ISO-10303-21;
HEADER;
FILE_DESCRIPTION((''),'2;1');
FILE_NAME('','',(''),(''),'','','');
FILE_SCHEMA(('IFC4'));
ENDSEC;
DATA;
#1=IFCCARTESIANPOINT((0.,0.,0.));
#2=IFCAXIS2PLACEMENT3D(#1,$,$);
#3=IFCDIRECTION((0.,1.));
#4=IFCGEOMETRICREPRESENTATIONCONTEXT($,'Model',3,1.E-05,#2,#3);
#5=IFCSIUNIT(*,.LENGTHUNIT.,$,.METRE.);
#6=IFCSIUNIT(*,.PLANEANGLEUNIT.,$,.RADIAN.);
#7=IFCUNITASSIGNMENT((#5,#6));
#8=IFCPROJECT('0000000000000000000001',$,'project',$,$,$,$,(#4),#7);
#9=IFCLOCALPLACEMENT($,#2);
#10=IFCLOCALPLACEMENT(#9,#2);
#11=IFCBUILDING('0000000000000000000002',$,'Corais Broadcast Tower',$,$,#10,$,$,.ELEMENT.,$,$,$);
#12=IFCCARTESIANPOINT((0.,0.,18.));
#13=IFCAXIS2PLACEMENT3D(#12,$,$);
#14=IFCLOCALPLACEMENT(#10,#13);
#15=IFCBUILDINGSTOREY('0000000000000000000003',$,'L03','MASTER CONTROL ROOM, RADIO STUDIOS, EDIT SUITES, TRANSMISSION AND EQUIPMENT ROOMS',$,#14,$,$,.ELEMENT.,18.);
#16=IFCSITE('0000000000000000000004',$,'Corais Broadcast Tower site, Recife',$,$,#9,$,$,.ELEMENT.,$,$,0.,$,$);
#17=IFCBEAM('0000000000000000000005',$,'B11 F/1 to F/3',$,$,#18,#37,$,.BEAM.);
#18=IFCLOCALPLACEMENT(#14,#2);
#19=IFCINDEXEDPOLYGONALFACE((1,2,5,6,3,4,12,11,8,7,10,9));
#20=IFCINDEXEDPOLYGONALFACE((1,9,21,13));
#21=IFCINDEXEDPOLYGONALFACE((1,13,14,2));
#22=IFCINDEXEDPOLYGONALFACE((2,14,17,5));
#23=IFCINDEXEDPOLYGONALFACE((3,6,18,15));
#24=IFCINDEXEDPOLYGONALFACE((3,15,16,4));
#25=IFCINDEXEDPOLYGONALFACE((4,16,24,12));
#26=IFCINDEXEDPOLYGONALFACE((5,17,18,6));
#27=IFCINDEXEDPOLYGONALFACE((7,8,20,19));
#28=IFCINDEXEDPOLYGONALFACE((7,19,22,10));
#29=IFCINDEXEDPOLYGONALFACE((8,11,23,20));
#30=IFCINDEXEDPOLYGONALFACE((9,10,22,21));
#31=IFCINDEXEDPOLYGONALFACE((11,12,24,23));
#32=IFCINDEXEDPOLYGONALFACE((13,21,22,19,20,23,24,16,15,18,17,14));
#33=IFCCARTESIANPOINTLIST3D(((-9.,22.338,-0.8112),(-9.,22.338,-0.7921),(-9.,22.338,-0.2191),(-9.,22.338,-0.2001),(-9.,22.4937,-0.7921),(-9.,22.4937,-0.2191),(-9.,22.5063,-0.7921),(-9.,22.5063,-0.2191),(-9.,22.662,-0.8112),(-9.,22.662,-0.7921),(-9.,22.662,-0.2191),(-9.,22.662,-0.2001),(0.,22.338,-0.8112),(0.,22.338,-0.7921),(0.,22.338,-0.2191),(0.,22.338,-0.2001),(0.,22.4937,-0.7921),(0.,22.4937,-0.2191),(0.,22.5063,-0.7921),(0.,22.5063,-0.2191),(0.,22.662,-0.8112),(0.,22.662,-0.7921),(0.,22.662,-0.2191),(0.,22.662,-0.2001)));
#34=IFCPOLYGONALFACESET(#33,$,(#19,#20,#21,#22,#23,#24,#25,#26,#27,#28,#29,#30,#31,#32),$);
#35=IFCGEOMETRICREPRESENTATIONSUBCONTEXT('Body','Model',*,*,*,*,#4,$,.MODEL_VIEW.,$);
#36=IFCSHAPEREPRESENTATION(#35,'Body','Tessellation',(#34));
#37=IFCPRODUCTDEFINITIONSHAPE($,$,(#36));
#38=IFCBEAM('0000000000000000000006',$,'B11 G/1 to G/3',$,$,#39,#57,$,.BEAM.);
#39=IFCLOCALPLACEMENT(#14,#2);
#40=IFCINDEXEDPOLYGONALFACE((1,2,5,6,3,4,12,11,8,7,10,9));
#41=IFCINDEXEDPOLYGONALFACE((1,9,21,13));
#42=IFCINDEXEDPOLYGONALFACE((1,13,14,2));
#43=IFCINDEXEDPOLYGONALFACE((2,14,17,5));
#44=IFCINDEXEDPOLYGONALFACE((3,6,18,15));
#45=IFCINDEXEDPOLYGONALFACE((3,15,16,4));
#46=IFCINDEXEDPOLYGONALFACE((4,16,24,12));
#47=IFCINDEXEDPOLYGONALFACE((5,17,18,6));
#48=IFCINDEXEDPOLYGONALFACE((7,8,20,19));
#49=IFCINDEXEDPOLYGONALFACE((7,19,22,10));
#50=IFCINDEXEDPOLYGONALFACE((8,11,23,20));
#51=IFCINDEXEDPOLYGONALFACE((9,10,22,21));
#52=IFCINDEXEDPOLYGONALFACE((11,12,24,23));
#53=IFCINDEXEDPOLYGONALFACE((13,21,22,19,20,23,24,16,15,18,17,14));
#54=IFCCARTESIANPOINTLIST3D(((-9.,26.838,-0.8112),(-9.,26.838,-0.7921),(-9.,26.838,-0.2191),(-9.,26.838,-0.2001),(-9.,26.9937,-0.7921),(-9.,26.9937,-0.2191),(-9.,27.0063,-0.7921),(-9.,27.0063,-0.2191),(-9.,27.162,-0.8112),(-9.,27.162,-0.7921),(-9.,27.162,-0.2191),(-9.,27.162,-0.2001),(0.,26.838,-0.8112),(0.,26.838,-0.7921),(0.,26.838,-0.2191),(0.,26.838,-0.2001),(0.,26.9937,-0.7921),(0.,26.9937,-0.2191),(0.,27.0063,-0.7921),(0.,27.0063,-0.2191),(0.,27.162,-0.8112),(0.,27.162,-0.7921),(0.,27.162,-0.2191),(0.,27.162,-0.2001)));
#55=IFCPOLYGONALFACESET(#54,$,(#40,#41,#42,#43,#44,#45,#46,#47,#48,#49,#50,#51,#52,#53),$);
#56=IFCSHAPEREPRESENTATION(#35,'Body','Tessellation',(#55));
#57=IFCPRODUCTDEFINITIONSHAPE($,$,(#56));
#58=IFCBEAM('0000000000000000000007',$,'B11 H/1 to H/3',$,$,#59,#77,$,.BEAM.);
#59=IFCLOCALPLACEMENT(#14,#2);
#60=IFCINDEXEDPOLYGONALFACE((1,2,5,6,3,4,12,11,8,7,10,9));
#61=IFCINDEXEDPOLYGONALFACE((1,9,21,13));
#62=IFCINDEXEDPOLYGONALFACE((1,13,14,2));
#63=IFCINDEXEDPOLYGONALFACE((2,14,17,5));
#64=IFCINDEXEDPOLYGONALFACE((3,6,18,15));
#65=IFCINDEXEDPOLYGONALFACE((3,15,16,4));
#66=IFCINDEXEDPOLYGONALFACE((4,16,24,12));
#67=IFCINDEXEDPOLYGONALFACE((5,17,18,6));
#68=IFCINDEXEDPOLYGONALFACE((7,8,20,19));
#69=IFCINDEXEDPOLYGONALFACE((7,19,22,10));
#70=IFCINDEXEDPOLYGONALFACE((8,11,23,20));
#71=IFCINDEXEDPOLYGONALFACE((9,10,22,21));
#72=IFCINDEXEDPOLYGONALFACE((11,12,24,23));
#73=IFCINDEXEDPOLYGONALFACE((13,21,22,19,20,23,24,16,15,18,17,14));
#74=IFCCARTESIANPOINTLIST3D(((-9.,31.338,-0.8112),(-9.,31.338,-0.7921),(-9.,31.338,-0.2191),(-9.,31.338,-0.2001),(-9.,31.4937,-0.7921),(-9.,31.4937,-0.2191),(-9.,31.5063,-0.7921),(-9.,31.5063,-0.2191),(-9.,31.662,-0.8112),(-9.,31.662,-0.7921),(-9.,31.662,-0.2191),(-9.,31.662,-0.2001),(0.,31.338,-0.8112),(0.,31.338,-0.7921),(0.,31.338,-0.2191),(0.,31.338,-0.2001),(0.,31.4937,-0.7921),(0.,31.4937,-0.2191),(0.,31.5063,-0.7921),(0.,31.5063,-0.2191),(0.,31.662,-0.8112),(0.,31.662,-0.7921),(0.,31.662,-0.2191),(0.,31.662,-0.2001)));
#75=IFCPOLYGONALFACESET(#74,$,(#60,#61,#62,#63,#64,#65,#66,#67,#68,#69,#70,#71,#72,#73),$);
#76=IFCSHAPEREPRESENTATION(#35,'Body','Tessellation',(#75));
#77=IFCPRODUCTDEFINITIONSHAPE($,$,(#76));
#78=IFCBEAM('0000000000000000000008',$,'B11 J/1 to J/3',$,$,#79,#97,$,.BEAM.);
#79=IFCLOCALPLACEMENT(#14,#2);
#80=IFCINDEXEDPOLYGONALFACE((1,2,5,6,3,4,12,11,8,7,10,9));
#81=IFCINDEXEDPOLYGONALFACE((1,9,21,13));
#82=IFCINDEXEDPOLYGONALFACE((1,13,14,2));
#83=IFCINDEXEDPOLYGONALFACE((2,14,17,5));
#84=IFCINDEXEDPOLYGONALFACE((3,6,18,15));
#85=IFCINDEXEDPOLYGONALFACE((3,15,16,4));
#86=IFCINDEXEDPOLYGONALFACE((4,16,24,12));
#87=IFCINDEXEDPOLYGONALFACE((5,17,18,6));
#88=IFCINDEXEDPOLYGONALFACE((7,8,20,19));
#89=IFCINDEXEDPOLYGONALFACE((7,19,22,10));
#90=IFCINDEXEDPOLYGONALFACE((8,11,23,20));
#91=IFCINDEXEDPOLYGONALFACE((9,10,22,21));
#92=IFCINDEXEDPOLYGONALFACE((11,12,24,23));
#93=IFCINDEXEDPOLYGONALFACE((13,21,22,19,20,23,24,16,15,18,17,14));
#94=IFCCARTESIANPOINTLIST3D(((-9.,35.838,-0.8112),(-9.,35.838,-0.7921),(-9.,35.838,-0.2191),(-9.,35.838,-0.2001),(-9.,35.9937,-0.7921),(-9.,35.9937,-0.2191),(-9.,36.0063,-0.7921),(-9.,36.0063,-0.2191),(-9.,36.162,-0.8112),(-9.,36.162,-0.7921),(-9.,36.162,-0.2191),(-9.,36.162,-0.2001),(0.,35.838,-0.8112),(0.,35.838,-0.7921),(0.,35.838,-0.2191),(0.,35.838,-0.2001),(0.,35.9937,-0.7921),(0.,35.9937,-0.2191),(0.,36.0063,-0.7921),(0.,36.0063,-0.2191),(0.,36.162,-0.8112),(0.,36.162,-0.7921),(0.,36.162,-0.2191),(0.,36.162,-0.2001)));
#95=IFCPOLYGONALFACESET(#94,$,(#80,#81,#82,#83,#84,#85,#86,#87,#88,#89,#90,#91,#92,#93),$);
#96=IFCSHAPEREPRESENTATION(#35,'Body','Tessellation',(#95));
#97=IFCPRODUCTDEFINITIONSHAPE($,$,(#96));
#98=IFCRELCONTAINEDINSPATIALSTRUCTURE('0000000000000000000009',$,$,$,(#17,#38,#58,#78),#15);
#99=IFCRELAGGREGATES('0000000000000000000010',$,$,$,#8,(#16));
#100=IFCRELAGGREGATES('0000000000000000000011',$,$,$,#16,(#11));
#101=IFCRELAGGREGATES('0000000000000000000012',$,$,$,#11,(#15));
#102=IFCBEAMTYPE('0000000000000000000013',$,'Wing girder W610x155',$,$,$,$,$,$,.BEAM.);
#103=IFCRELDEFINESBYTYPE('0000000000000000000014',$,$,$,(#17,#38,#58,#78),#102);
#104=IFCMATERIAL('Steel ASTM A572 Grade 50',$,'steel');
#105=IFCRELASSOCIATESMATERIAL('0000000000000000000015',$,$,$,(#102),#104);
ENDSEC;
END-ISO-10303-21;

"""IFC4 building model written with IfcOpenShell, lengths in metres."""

from ifc_helpers import new_model, si_unit, direction, frame, origin, origin_2d, place, context, subcontext, project, spatial, i_section, extrude, material, material_profile, profile_set, type_object, element, save


model = new_model("IFC4")

# Units and contexts
model_context = context("Model", 3, precision=1e-05, world=origin(), true_north=direction((0.0, 1.0)))
body_context = subcontext(model_context, "Body", "Model", "MODEL_VIEW")
ifc_project = project(units=[si_unit("LENGTHUNIT", "METRE"), si_unit("PLANEANGLEUNIT", "RADIAN")], contexts=[model_context])

# Site, building, storey
site_placement = place(None, origin())
site = spatial("IfcSite", under=ifc_project, at=site_placement, Name="Corais Broadcast Tower site, Recife", CompositionType="ELEMENT", RefElevation=0.0)
building_placement = place(site_placement, origin())
building = spatial("IfcBuilding", under=site, at=building_placement, Name="Corais Broadcast Tower", CompositionType="ELEMENT")
storey_placement = place(building_placement, frame((0.0, 0.0, 18.0)))
storey = spatial("IfcBuildingStorey", under=building, at=storey_placement, Name="L03", Description="MASTER CONTROL ROOM, RADIO STUDIOS, EDIT SUITES, TRANSMISSION AND EQUIPMENT ROOMS", CompositionType="ELEMENT", Elevation=18.0)

# Beams
ifc_material_1 = material(Name="Steel ASTM A572 Grade 50", Category="steel")
ifc_material_profile_1 = material_profile(ifc_material_1, i_section(OverallWidth=0.324, OverallDepth=0.6111, WebThickness=0.0127, FlangeThickness=0.019, at=origin_2d()), Name="W610x155")
ifc_profile_set_1 = profile_set([ifc_material_profile_1], Name="Steel ASTM A572 Grade 50")
beam_type_1 = type_object("IfcBeamType", Name="Wing girder W610x155", PredefinedType="BEAM", material=ifc_profile_set_1)
for number, where, z_axis, x_axis, name in (
    (1, (-9.0, 22.5, -0.5056), (1.0, 0.0, 0.0), (0.0, 1.0, 0.0), "B11 F/1 to F/3"),
    (2, (-9.0, 27.0, -0.5056), (1.0, 0.0, 0.0), (0.0, 1.0, 0.0), "B11 G/1 to G/3"),
    (3, (-9.0, 31.5, -0.5056), (1.0, 0.0, 0.0), (0.0, 1.0, 0.0), "B11 H/1 to H/3"),
    (4, (-9.0, 36.0, -0.5056), (1.0, 0.0, 0.0), (0.0, 1.0, 0.0), "B11 J/1 to J/3"),
):
    element("IfcBeam", number, at=place(storey_placement, frame(where, z_axis=z_axis, x_axis=x_axis)), inside=storey, type_object=beam_type_1, Name=name, PredefinedType="BEAM", context=body_context, shape_type="SweptSolid", body=[
        extrude(i_section(OverallWidth=0.324, OverallDepth=0.6111, WebThickness=0.0127, FlangeThickness=0.019, at=origin_2d()), origin(), (0.0, 0.0, 1.0), 9.0),
    ])

save(model, "model.ifc")
